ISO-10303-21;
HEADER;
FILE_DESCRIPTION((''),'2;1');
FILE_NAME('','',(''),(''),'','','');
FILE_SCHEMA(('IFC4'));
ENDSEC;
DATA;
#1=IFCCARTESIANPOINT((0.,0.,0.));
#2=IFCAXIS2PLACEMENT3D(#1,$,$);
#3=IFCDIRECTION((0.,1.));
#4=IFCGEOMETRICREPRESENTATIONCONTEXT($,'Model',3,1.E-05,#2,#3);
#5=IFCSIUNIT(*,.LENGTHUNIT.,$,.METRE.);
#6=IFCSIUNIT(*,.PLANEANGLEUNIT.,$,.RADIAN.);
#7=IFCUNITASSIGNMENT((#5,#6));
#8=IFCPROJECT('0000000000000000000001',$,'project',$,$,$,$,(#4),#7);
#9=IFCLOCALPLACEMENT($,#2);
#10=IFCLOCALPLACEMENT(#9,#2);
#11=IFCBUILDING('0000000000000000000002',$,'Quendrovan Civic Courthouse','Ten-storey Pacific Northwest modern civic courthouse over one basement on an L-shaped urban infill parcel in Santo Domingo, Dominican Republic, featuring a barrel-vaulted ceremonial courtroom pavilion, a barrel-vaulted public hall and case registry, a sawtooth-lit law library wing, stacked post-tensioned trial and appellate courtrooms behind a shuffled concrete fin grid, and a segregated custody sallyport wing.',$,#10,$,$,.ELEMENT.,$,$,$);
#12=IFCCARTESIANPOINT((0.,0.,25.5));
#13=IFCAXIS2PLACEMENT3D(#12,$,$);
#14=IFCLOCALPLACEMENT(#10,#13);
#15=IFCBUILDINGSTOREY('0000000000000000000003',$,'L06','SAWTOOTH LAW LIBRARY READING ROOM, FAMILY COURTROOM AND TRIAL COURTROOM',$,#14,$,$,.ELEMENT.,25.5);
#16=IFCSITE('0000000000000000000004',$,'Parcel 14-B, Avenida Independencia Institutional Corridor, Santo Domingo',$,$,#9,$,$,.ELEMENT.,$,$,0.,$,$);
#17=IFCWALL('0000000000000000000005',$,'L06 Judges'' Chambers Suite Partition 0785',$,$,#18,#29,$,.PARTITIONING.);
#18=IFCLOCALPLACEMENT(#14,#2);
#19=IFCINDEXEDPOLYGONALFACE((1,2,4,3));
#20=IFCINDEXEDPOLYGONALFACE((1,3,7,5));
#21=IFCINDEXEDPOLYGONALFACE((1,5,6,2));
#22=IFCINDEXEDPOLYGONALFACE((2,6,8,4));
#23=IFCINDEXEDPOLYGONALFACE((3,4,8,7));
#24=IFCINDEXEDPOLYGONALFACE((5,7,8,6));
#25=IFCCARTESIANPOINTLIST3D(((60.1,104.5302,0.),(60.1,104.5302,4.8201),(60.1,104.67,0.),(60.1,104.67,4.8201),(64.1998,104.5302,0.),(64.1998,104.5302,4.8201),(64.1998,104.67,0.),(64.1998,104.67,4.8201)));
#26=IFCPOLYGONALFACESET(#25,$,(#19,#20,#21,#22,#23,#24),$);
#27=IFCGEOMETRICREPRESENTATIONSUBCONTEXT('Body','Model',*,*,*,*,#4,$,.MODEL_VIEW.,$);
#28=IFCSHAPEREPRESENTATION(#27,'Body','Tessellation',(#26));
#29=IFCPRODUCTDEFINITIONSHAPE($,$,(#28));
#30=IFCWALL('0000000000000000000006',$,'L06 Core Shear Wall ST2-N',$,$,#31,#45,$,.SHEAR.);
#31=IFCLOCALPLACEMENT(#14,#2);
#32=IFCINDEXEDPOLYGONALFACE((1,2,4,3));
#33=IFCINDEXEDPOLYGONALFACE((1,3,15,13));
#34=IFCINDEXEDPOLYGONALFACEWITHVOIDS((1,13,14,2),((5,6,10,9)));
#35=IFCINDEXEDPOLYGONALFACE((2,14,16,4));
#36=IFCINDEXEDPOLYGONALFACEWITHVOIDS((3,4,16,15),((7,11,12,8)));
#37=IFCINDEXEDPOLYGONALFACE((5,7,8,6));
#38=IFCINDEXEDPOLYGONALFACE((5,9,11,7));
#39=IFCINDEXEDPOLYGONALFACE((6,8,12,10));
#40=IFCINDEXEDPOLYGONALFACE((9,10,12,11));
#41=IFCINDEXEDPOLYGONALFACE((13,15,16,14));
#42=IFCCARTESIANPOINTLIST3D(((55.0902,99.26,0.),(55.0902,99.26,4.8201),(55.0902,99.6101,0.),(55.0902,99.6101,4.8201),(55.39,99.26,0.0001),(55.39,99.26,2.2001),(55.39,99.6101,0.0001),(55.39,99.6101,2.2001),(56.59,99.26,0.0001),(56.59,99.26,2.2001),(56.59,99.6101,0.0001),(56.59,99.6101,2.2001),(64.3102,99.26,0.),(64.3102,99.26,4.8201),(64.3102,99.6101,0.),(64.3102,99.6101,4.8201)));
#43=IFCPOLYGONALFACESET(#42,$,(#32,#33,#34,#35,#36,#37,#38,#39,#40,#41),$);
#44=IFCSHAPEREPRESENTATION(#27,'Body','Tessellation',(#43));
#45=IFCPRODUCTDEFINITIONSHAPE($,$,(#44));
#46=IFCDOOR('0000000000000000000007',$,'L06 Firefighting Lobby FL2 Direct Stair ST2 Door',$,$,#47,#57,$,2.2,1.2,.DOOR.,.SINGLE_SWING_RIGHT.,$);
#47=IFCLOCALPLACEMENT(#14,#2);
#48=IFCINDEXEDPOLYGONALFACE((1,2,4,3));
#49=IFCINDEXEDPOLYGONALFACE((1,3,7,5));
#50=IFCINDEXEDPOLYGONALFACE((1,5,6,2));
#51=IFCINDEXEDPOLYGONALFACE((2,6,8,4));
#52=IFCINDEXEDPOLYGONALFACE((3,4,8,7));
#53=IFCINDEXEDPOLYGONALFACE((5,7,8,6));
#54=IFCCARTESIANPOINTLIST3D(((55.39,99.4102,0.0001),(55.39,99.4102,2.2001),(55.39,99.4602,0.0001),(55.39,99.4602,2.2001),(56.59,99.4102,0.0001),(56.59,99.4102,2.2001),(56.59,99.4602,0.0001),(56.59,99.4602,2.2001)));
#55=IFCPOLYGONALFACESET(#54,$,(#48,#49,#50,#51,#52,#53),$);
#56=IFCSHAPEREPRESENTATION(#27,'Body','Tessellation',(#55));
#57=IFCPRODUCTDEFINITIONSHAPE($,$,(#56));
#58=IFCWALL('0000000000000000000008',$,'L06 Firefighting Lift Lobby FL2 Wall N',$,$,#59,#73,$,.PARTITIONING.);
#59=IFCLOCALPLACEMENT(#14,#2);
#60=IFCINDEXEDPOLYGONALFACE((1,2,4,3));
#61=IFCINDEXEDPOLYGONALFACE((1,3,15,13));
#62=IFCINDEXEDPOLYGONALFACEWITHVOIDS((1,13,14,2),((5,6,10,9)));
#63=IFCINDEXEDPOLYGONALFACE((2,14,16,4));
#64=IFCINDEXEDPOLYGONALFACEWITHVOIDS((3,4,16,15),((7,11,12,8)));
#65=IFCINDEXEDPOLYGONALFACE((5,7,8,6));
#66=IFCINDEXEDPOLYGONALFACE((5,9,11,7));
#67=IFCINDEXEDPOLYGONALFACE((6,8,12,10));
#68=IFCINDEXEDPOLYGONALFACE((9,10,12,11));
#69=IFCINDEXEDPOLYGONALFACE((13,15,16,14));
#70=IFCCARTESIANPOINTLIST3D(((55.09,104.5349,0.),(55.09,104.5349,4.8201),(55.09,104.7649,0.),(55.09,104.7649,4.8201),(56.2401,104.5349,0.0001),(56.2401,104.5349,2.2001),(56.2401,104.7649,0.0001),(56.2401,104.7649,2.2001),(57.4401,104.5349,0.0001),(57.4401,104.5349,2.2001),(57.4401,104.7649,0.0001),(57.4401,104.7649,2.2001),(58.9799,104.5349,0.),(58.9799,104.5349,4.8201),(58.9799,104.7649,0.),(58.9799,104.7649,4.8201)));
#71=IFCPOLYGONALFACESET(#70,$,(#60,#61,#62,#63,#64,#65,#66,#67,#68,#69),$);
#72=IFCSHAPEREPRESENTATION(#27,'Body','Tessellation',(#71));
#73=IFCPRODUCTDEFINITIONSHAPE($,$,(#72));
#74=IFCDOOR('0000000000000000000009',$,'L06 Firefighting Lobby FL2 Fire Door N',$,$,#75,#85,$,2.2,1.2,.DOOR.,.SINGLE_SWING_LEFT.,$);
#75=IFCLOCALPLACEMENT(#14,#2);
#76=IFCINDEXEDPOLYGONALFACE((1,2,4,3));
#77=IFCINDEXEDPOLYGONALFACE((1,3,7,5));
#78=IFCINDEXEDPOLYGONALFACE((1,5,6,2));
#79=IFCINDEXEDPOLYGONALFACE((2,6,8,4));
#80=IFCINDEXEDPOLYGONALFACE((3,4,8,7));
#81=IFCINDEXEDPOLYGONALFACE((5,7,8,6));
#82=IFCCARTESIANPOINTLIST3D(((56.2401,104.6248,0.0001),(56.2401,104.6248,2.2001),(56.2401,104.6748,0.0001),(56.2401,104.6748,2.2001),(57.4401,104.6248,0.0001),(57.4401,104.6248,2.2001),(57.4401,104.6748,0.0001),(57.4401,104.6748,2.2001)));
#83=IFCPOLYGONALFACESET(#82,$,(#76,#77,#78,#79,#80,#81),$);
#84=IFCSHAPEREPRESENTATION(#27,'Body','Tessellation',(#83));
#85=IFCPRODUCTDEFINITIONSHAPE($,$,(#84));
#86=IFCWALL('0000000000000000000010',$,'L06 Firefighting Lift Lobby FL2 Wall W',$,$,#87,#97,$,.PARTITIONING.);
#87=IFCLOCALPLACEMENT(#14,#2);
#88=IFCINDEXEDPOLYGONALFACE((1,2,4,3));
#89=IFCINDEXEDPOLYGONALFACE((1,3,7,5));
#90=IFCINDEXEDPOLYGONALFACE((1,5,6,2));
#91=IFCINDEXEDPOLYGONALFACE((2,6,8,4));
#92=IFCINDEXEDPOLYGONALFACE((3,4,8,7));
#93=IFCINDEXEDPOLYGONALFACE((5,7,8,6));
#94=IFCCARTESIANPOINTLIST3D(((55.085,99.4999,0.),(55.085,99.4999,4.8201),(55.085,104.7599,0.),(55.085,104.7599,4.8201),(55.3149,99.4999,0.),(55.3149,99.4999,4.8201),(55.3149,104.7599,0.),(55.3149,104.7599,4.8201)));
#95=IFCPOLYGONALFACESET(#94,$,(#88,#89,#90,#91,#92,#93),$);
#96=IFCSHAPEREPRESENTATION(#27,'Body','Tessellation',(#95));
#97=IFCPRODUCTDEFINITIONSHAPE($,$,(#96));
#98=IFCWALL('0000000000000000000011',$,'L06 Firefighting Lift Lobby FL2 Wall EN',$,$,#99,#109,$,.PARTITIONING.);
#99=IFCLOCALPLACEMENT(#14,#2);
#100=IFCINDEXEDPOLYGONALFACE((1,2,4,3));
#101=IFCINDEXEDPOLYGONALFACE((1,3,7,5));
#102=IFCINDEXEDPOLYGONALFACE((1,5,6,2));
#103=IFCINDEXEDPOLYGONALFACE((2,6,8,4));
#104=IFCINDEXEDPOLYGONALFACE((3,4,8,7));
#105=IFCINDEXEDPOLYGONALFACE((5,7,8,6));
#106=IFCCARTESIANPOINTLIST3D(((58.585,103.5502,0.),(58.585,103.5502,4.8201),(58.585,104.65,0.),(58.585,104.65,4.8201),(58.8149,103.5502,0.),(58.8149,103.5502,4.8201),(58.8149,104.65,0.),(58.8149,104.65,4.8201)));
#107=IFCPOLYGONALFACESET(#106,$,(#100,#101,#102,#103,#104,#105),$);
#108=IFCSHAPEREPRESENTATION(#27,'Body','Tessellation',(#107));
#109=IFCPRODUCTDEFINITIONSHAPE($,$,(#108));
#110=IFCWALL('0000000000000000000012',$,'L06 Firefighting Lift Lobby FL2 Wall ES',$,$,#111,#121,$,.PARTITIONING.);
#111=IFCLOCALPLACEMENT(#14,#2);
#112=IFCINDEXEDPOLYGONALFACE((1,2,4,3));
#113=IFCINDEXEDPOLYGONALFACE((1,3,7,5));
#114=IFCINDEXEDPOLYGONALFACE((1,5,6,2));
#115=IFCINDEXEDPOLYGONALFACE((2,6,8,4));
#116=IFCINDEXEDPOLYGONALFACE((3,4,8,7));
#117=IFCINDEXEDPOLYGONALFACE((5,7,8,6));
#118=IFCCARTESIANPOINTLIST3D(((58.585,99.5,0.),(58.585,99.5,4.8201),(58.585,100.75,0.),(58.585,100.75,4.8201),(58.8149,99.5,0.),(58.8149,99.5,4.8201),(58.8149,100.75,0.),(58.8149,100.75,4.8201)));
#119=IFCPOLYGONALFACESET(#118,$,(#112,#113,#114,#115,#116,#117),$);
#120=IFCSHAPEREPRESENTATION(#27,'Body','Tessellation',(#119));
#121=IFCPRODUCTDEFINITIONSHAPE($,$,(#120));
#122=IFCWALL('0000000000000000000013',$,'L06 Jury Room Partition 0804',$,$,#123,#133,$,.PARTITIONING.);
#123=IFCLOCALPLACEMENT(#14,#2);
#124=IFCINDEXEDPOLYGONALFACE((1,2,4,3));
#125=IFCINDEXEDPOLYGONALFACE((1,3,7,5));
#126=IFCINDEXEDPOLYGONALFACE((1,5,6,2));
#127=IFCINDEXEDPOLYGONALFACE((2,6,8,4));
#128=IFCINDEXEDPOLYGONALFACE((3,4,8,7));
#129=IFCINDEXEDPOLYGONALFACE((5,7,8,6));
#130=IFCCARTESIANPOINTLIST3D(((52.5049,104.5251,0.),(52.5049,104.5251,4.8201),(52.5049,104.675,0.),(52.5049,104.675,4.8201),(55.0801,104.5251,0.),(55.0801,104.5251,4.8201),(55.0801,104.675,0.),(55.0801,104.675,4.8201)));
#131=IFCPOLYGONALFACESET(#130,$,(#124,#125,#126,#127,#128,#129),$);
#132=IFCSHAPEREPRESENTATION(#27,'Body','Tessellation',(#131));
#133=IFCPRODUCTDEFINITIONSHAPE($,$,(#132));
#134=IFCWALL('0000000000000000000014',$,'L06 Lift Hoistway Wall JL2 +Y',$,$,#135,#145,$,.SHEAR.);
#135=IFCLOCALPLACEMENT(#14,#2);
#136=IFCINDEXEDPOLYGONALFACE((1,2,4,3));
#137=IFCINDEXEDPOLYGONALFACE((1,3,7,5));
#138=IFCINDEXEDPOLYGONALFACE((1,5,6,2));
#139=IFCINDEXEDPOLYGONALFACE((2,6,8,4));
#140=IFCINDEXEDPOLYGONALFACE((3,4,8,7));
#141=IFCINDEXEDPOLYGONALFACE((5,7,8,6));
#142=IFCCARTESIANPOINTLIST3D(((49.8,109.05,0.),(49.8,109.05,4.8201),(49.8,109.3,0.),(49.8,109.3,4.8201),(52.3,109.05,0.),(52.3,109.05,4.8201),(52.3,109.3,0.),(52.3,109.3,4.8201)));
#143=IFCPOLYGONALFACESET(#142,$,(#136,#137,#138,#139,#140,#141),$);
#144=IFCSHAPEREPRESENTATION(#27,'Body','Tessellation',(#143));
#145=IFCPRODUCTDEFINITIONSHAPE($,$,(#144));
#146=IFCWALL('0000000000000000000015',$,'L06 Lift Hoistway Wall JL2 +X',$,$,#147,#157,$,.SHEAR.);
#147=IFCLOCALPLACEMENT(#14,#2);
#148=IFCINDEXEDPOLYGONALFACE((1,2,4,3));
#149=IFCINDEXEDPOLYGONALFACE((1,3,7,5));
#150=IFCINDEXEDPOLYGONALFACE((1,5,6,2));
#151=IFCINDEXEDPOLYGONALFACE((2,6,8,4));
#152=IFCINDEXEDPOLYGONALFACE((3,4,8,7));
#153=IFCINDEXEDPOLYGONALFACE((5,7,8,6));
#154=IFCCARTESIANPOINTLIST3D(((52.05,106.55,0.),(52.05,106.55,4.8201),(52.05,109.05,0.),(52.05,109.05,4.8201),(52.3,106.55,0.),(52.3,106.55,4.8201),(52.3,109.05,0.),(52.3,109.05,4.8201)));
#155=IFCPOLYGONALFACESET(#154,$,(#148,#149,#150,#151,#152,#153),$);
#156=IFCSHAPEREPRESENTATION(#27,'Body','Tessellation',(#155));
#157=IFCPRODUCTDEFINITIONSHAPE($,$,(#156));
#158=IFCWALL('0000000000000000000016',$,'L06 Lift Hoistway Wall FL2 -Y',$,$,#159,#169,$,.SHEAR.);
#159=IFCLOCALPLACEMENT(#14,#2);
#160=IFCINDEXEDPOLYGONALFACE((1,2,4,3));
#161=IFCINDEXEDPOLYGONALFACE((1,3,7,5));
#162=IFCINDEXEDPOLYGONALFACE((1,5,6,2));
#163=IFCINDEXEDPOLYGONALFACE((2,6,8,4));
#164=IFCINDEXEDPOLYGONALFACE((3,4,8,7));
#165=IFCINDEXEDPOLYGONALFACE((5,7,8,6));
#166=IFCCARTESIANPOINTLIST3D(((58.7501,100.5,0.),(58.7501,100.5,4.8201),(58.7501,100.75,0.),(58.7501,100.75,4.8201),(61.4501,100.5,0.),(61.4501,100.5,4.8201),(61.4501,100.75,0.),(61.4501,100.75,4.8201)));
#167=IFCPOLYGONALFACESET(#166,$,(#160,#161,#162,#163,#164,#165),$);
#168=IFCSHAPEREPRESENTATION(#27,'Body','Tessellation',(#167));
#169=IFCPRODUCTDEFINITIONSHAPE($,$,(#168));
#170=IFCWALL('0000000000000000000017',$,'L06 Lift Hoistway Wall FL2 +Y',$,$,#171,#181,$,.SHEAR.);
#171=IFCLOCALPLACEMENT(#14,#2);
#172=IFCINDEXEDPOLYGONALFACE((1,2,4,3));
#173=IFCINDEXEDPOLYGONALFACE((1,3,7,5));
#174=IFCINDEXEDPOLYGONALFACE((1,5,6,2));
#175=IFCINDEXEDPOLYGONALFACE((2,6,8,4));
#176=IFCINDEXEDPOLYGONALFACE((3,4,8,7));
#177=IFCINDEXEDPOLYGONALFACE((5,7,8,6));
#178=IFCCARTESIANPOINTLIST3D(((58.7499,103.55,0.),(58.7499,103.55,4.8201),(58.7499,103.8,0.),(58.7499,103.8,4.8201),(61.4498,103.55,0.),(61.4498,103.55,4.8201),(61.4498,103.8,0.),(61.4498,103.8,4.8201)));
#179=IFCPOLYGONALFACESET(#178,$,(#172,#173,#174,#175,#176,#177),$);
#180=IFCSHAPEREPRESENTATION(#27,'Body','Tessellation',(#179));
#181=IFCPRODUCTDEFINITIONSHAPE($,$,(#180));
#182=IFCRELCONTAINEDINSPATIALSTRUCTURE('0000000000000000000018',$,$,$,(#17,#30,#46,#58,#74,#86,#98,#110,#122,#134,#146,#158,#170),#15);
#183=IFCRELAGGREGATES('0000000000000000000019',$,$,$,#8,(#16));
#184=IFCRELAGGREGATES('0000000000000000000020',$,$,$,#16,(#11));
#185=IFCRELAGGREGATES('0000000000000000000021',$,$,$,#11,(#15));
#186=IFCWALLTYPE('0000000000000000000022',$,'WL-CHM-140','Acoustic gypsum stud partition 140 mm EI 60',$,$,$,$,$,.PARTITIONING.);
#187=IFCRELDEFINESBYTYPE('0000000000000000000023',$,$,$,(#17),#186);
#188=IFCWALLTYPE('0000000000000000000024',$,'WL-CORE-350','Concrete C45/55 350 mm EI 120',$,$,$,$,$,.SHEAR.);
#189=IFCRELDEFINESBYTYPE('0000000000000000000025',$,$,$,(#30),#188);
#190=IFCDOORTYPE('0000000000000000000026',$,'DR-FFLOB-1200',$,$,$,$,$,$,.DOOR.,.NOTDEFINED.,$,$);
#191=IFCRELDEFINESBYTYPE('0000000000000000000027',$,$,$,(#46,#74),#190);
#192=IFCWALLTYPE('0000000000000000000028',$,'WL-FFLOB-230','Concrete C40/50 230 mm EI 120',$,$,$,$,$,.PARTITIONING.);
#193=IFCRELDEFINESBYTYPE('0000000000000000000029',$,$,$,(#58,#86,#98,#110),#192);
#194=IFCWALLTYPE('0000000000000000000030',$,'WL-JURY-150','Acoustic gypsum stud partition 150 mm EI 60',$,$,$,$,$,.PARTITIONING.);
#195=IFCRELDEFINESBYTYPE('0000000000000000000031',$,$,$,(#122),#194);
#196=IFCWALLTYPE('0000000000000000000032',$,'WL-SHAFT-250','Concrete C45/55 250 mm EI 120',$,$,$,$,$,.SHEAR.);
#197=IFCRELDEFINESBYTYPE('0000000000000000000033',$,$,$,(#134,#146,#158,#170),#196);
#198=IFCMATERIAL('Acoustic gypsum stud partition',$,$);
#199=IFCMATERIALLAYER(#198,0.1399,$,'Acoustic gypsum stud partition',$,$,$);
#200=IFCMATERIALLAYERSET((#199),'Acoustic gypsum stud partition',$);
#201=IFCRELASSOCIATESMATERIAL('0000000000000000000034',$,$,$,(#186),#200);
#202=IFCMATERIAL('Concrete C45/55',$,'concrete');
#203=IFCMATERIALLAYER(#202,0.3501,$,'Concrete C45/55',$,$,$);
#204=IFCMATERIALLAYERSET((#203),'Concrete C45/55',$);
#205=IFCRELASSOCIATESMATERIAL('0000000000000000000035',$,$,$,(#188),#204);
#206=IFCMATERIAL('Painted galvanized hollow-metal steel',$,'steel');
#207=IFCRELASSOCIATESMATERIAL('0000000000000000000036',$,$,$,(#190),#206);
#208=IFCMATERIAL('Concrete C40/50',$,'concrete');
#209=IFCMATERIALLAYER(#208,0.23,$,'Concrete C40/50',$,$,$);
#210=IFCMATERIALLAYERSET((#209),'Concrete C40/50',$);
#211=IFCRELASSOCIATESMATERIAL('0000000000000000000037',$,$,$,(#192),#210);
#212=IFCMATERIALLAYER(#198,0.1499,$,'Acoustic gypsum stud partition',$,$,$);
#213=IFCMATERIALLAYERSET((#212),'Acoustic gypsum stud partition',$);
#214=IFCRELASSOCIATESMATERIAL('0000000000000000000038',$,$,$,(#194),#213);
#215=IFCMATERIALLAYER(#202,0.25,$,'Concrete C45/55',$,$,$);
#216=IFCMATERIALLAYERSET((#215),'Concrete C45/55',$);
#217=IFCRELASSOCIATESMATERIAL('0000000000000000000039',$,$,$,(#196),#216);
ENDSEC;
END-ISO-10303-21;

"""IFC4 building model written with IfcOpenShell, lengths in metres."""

from ifc_helpers import new_model, si_unit, direction, frame, frame_2d, origin, place, context, subcontext, project, spatial, rectangle, extrude, material, layer, layer_set, type_object, element, fill, save


model = new_model("IFC4")

# Units and contexts
model_context = context("Model", 3, precision=1e-05, world=origin(), true_north=direction((0.0, 1.0)))
body_context = subcontext(model_context, "Body", "Model", "MODEL_VIEW")
ifc_project = project(units=[si_unit("LENGTHUNIT", "METRE"), si_unit("PLANEANGLEUNIT", "RADIAN")], contexts=[model_context])

# Site, building, storey
site_placement = place(None, origin())
site = spatial("IfcSite", under=ifc_project, at=site_placement, Name="Parcel 14-B, Avenida Independencia Institutional Corridor, Santo Domingo", CompositionType="ELEMENT", RefElevation=0.0)
building_placement = place(site_placement, origin())
building = spatial("IfcBuilding", under=site, at=building_placement, Name="Quendrovan Civic Courthouse", Description="Ten-storey Pacific Northwest modern civic courthouse over one basement on an L-shaped urban infill parcel in Santo Domingo, Dominican Republic, featuring a barrel-vaulted ceremonial courtroom pavilion, a barrel-vaulted public hall and case registry, a sawtooth-lit law library wing, stacked post-tensioned trial and appellate courtrooms behind a shuffled concrete fin grid, and a segregated custody sallyport wing.", CompositionType="ELEMENT")
storey_placement = place(building_placement, frame((0.0, 0.0, 25.5)))
storey = spatial("IfcBuildingStorey", under=building, at=storey_placement, Name="L06", Description="SAWTOOTH LAW LIBRARY READING ROOM, FAMILY COURTROOM AND TRIAL COURTROOM", CompositionType="ELEMENT", Elevation=25.5)

# Shared definitions
ifc_material_1 = material(Name="Concrete C45/55", Category="concrete")

# Shared definitions
ifc_material_2 = material(Name="Concrete C40/50", Category="concrete")

# Wall
ifc_material_3 = material(Name="Acoustic gypsum stud partition")
ifc_layer_1 = layer(ifc_material_3, 0.1399, Name="Acoustic gypsum stud partition")
ifc_layer_set_1 = layer_set([ifc_layer_1], Name="Acoustic gypsum stud partition")
wall_type_1 = type_object("IfcWallType", Name="WL-CHM-140", Description="Acoustic gypsum stud partition 140 mm EI 60", PredefinedType="PARTITIONING", material=ifc_layer_set_1)
wall_1_placement = place(storey_placement, frame((60.1001, 104.6001, 0.0), z_axis=(0.0, 0.0, 1.0), x_axis=(1.0, 0.0, 0.0)))
element("IfcWall", 1, at=wall_1_placement, inside=storey, type_object=wall_type_1, Name="L06 Judges' Chambers Suite Partition 0785", PredefinedType="PARTITIONING", context=body_context, shape_type="SweptSolid", body=[
    extrude(rectangle(XDim=4.0999, YDim=0.1399, at=frame_2d((2.0498, 0.0))), origin(), (0.0, 0.0, 1.0), 4.8201),
])

# Walls, openings, doors
ifc_layer_2 = layer(ifc_material_1, 0.3501, Name="Concrete C45/55")
ifc_layer_set_2 = layer_set([ifc_layer_2], Name="Concrete C45/55")
wall_type_2 = type_object("IfcWallType", Name="WL-CORE-350", Description="Concrete C45/55 350 mm EI 120", PredefinedType="SHEAR", material=ifc_layer_set_2)
wall_2_placement = place(storey_placement, frame((64.3101, 99.4351, 0.0), z_axis=(0.0, 0.0, 1.0), x_axis=(-1.0, 0.0, 0.0)))
wall_2 = element("IfcWall", 2, at=wall_2_placement, inside=storey, type_object=wall_type_2, Name="L06 Core Shear Wall ST2-N", PredefinedType="SHEAR", context=body_context, shape_type="SweptSolid", body=[
    extrude(rectangle(XDim=9.22, YDim=0.3501, at=frame_2d((4.6099, 0.0))), origin(), (0.0, 0.0, 1.0), 4.8201),
])
opening_1_placement = place(wall_2_placement, frame((7.72, 0.0, 0.0)))
opening_1 = element("IfcOpeningElement", 3, at=opening_1_placement, cuts=wall_2, PredefinedType="OPENING", context=body_context, shape_type="SweptSolid", body=[
    extrude(rectangle(XDim=1.2, YDim=2.2, at=frame_2d((0.6001, 1.1001))), frame((0.0, 0.1851, 0.0), z_axis=(0.0, -1.0, 0.0), x_axis=(1.0, 0.0, 0.0)), (0.0, 0.0, 1.0), 0.3701),
])
ifc_material_4 = material(Name="Painted galvanized hollow-metal steel", Category="steel")
door_type_1 = type_object("IfcDoorType", Name="DR-FFLOB-1200", OperationType="NOTDEFINED", PredefinedType="DOOR", material=ifc_material_4)
door_1_placement = place(opening_1_placement, origin())
door_1 = element("IfcDoor", 4, at=door_1_placement, inside=storey, type_object=door_type_1, Name="L06 Firefighting Lobby FL2 Direct Stair ST2 Door", OperationType="SINGLE_SWING_RIGHT", OverallHeight=2.2, OverallWidth=1.2, PredefinedType="DOOR", context=body_context, shape_type="SweptSolid", body=[
    extrude(rectangle(XDim=1.2, YDim=2.2, at=frame_2d((0.6001, 1.1001))), frame((0.0, 0.0249, 0.0), z_axis=(0.0, -1.0, 0.0), x_axis=(1.0, 0.0, 0.0)), (0.0, 0.0, 1.0), 0.05),
])
fill(opening_1, door_1)
ifc_layer_3 = layer(ifc_material_2, 0.23, Name="Concrete C40/50")
ifc_layer_set_3 = layer_set([ifc_layer_3], Name="Concrete C40/50")
wall_type_3 = type_object("IfcWallType", Name="WL-FFLOB-230", Description="Concrete C40/50 230 mm EI 120", PredefinedType="PARTITIONING", material=ifc_layer_set_3)
wall_3_placement = place(storey_placement, frame((55.0901, 104.6499, 0.0), z_axis=(0.0, 0.0, 1.0), x_axis=(1.0, 0.0, 0.0)))
wall_3 = element("IfcWall", 5, at=wall_3_placement, inside=storey, type_object=wall_type_3, Name="L06 Firefighting Lift Lobby FL2 Wall N", PredefinedType="PARTITIONING", context=body_context, shape_type="SweptSolid", body=[
    extrude(rectangle(XDim=3.8899, YDim=0.23, at=frame_2d((1.9448, 0.0))), origin(), (0.0, 0.0, 1.0), 4.8201),
])
opening_2_placement = place(wall_3_placement, frame((1.1499, 0.0, 0.0)))
opening_2 = element("IfcOpeningElement", 6, at=opening_2_placement, cuts=wall_3, PredefinedType="OPENING", context=body_context, shape_type="SweptSolid", body=[
    extrude(rectangle(XDim=1.2, YDim=2.2, at=frame_2d((0.6001, 1.1001))), frame((0.0, 0.125, 0.0), z_axis=(0.0, -1.0, 0.0), x_axis=(1.0, 0.0, 0.0)), (0.0, 0.0, 1.0), 0.25),
])
door_2_placement = place(opening_2_placement, origin())
door_2 = element("IfcDoor", 7, at=door_2_placement, inside=storey, type_object=door_type_1, Name="L06 Firefighting Lobby FL2 Fire Door N", OperationType="SINGLE_SWING_LEFT", OverallHeight=2.2, OverallWidth=1.2, PredefinedType="DOOR", context=body_context, shape_type="SweptSolid", body=[
    extrude(rectangle(XDim=1.2, YDim=2.2, at=frame_2d((0.6001, 1.1001))), frame((0.0, 0.0249, 0.0), z_axis=(0.0, -1.0, 0.0), x_axis=(1.0, 0.0, 0.0)), (0.0, 0.0, 1.0), 0.05),
])
fill(opening_2, door_2)

# Walls
wall_4_placement = place(storey_placement, frame((55.2, 99.5, 0.0), z_axis=(0.0, 0.0, 1.0), x_axis=(0.0, 1.0, 0.0)))
element("IfcWall", 8, at=wall_4_placement, inside=storey, type_object=wall_type_3, Name="L06 Firefighting Lift Lobby FL2 Wall W", PredefinedType="PARTITIONING", context=body_context, shape_type="SweptSolid", body=[
    extrude(rectangle(XDim=5.26, YDim=0.23, at=frame_2d((2.6299, 0.0))), origin(), (0.0, 0.0, 1.0), 4.8201),
])
wall_5_placement = place(storey_placement, frame((58.7, 104.6499, 0.0), z_axis=(0.0, 0.0, 1.0), x_axis=(0.0, -1.0, 0.0)))
element("IfcWall", 9, at=wall_5_placement, inside=storey, type_object=wall_type_3, Name="L06 Firefighting Lift Lobby FL2 Wall EN", PredefinedType="PARTITIONING", context=body_context, shape_type="SweptSolid", body=[
    extrude(rectangle(XDim=1.0999, YDim=0.23, at=frame_2d((0.5498, 0.0))), origin(), (0.0, 0.0, 1.0), 4.8201),
])
wall_6_placement = place(storey_placement, frame((58.7, 100.75, 0.0), z_axis=(0.0, 0.0, 1.0), x_axis=(0.0, -1.0, 0.0)))
element("IfcWall", 10, at=wall_6_placement, inside=storey, type_object=wall_type_3, Name="L06 Firefighting Lift Lobby FL2 Wall ES", PredefinedType="PARTITIONING", context=body_context, shape_type="SweptSolid", body=[
    extrude(rectangle(XDim=1.25, YDim=0.23, at=frame_2d((0.625, 0.0))), origin(), (0.0, 0.0, 1.0), 4.8201),
])
ifc_layer_4 = layer(ifc_material_3, 0.1499, Name="Acoustic gypsum stud partition")
ifc_layer_set_4 = layer_set([ifc_layer_4], Name="Acoustic gypsum stud partition")
wall_type_4 = type_object("IfcWallType", Name="WL-JURY-150", Description="Acoustic gypsum stud partition 150 mm EI 60", PredefinedType="PARTITIONING", material=ifc_layer_set_4)
wall_7_placement = place(storey_placement, frame((52.5049, 104.6001, 0.0), z_axis=(0.0, 0.0, 1.0), x_axis=(1.0, 0.0, 0.0)))
element("IfcWall", 11, at=wall_7_placement, inside=storey, type_object=wall_type_4, Name="L06 Jury Room Partition 0804", PredefinedType="PARTITIONING", context=body_context, shape_type="SweptSolid", body=[
    extrude(rectangle(XDim=2.5752, YDim=0.1499, at=frame_2d((1.2876, 0.0))), origin(), (0.0, 0.0, 1.0), 4.8201),
])
ifc_layer_5 = layer(ifc_material_1, 0.25, Name="Concrete C45/55")
ifc_layer_set_5 = layer_set([ifc_layer_5], Name="Concrete C45/55")
wall_type_5 = type_object("IfcWallType", Name="WL-SHAFT-250", Description="Concrete C45/55 250 mm EI 120", PredefinedType="SHEAR", material=ifc_layer_set_5)
for number, where, z_axis, x_axis, name in (
    (12, (52.3, 109.175, 0.0), (0.0, 0.0, 1.0), (-1.0, 0.0, 0.0), "L06 Lift Hoistway Wall JL2 +Y"),
    (13, (52.175, 109.05, 0.0), (0.0, 0.0, 1.0), (0.0, -1.0, 0.0), "L06 Lift Hoistway Wall JL2 +X"),
):
    element("IfcWall", number, at=place(storey_placement, frame(where, z_axis=z_axis, x_axis=x_axis)), inside=storey, type_object=wall_type_5, Name=name, PredefinedType="SHEAR", context=body_context, shape_type="SweptSolid", body=[
        extrude(rectangle(XDim=2.5, YDim=0.25, at=frame_2d((1.25, 0.0))), origin(), (0.0, 0.0, 1.0), 4.8201),
    ])
for number, where, z_axis, x_axis, name in (
    (14, (58.75, 100.625, 0.0), (0.0, 0.0, 1.0), (1.0, 0.0, 0.0), "L06 Lift Hoistway Wall FL2 -Y"),
    (15, (61.45, 103.675, 0.0), (0.0, 0.0, 1.0), (-1.0, 0.0, 0.0), "L06 Lift Hoistway Wall FL2 +Y"),
):
    element("IfcWall", number, at=place(storey_placement, frame(where, z_axis=z_axis, x_axis=x_axis)), inside=storey, type_object=wall_type_5, Name=name, PredefinedType="SHEAR", context=body_context, shape_type="SweptSolid", body=[
        extrude(rectangle(XDim=2.7, YDim=0.25, at=frame_2d((1.3501, 0.0))), origin(), (0.0, 0.0, 1.0), 4.8201),
    ])

save(model, "model.ifc")
